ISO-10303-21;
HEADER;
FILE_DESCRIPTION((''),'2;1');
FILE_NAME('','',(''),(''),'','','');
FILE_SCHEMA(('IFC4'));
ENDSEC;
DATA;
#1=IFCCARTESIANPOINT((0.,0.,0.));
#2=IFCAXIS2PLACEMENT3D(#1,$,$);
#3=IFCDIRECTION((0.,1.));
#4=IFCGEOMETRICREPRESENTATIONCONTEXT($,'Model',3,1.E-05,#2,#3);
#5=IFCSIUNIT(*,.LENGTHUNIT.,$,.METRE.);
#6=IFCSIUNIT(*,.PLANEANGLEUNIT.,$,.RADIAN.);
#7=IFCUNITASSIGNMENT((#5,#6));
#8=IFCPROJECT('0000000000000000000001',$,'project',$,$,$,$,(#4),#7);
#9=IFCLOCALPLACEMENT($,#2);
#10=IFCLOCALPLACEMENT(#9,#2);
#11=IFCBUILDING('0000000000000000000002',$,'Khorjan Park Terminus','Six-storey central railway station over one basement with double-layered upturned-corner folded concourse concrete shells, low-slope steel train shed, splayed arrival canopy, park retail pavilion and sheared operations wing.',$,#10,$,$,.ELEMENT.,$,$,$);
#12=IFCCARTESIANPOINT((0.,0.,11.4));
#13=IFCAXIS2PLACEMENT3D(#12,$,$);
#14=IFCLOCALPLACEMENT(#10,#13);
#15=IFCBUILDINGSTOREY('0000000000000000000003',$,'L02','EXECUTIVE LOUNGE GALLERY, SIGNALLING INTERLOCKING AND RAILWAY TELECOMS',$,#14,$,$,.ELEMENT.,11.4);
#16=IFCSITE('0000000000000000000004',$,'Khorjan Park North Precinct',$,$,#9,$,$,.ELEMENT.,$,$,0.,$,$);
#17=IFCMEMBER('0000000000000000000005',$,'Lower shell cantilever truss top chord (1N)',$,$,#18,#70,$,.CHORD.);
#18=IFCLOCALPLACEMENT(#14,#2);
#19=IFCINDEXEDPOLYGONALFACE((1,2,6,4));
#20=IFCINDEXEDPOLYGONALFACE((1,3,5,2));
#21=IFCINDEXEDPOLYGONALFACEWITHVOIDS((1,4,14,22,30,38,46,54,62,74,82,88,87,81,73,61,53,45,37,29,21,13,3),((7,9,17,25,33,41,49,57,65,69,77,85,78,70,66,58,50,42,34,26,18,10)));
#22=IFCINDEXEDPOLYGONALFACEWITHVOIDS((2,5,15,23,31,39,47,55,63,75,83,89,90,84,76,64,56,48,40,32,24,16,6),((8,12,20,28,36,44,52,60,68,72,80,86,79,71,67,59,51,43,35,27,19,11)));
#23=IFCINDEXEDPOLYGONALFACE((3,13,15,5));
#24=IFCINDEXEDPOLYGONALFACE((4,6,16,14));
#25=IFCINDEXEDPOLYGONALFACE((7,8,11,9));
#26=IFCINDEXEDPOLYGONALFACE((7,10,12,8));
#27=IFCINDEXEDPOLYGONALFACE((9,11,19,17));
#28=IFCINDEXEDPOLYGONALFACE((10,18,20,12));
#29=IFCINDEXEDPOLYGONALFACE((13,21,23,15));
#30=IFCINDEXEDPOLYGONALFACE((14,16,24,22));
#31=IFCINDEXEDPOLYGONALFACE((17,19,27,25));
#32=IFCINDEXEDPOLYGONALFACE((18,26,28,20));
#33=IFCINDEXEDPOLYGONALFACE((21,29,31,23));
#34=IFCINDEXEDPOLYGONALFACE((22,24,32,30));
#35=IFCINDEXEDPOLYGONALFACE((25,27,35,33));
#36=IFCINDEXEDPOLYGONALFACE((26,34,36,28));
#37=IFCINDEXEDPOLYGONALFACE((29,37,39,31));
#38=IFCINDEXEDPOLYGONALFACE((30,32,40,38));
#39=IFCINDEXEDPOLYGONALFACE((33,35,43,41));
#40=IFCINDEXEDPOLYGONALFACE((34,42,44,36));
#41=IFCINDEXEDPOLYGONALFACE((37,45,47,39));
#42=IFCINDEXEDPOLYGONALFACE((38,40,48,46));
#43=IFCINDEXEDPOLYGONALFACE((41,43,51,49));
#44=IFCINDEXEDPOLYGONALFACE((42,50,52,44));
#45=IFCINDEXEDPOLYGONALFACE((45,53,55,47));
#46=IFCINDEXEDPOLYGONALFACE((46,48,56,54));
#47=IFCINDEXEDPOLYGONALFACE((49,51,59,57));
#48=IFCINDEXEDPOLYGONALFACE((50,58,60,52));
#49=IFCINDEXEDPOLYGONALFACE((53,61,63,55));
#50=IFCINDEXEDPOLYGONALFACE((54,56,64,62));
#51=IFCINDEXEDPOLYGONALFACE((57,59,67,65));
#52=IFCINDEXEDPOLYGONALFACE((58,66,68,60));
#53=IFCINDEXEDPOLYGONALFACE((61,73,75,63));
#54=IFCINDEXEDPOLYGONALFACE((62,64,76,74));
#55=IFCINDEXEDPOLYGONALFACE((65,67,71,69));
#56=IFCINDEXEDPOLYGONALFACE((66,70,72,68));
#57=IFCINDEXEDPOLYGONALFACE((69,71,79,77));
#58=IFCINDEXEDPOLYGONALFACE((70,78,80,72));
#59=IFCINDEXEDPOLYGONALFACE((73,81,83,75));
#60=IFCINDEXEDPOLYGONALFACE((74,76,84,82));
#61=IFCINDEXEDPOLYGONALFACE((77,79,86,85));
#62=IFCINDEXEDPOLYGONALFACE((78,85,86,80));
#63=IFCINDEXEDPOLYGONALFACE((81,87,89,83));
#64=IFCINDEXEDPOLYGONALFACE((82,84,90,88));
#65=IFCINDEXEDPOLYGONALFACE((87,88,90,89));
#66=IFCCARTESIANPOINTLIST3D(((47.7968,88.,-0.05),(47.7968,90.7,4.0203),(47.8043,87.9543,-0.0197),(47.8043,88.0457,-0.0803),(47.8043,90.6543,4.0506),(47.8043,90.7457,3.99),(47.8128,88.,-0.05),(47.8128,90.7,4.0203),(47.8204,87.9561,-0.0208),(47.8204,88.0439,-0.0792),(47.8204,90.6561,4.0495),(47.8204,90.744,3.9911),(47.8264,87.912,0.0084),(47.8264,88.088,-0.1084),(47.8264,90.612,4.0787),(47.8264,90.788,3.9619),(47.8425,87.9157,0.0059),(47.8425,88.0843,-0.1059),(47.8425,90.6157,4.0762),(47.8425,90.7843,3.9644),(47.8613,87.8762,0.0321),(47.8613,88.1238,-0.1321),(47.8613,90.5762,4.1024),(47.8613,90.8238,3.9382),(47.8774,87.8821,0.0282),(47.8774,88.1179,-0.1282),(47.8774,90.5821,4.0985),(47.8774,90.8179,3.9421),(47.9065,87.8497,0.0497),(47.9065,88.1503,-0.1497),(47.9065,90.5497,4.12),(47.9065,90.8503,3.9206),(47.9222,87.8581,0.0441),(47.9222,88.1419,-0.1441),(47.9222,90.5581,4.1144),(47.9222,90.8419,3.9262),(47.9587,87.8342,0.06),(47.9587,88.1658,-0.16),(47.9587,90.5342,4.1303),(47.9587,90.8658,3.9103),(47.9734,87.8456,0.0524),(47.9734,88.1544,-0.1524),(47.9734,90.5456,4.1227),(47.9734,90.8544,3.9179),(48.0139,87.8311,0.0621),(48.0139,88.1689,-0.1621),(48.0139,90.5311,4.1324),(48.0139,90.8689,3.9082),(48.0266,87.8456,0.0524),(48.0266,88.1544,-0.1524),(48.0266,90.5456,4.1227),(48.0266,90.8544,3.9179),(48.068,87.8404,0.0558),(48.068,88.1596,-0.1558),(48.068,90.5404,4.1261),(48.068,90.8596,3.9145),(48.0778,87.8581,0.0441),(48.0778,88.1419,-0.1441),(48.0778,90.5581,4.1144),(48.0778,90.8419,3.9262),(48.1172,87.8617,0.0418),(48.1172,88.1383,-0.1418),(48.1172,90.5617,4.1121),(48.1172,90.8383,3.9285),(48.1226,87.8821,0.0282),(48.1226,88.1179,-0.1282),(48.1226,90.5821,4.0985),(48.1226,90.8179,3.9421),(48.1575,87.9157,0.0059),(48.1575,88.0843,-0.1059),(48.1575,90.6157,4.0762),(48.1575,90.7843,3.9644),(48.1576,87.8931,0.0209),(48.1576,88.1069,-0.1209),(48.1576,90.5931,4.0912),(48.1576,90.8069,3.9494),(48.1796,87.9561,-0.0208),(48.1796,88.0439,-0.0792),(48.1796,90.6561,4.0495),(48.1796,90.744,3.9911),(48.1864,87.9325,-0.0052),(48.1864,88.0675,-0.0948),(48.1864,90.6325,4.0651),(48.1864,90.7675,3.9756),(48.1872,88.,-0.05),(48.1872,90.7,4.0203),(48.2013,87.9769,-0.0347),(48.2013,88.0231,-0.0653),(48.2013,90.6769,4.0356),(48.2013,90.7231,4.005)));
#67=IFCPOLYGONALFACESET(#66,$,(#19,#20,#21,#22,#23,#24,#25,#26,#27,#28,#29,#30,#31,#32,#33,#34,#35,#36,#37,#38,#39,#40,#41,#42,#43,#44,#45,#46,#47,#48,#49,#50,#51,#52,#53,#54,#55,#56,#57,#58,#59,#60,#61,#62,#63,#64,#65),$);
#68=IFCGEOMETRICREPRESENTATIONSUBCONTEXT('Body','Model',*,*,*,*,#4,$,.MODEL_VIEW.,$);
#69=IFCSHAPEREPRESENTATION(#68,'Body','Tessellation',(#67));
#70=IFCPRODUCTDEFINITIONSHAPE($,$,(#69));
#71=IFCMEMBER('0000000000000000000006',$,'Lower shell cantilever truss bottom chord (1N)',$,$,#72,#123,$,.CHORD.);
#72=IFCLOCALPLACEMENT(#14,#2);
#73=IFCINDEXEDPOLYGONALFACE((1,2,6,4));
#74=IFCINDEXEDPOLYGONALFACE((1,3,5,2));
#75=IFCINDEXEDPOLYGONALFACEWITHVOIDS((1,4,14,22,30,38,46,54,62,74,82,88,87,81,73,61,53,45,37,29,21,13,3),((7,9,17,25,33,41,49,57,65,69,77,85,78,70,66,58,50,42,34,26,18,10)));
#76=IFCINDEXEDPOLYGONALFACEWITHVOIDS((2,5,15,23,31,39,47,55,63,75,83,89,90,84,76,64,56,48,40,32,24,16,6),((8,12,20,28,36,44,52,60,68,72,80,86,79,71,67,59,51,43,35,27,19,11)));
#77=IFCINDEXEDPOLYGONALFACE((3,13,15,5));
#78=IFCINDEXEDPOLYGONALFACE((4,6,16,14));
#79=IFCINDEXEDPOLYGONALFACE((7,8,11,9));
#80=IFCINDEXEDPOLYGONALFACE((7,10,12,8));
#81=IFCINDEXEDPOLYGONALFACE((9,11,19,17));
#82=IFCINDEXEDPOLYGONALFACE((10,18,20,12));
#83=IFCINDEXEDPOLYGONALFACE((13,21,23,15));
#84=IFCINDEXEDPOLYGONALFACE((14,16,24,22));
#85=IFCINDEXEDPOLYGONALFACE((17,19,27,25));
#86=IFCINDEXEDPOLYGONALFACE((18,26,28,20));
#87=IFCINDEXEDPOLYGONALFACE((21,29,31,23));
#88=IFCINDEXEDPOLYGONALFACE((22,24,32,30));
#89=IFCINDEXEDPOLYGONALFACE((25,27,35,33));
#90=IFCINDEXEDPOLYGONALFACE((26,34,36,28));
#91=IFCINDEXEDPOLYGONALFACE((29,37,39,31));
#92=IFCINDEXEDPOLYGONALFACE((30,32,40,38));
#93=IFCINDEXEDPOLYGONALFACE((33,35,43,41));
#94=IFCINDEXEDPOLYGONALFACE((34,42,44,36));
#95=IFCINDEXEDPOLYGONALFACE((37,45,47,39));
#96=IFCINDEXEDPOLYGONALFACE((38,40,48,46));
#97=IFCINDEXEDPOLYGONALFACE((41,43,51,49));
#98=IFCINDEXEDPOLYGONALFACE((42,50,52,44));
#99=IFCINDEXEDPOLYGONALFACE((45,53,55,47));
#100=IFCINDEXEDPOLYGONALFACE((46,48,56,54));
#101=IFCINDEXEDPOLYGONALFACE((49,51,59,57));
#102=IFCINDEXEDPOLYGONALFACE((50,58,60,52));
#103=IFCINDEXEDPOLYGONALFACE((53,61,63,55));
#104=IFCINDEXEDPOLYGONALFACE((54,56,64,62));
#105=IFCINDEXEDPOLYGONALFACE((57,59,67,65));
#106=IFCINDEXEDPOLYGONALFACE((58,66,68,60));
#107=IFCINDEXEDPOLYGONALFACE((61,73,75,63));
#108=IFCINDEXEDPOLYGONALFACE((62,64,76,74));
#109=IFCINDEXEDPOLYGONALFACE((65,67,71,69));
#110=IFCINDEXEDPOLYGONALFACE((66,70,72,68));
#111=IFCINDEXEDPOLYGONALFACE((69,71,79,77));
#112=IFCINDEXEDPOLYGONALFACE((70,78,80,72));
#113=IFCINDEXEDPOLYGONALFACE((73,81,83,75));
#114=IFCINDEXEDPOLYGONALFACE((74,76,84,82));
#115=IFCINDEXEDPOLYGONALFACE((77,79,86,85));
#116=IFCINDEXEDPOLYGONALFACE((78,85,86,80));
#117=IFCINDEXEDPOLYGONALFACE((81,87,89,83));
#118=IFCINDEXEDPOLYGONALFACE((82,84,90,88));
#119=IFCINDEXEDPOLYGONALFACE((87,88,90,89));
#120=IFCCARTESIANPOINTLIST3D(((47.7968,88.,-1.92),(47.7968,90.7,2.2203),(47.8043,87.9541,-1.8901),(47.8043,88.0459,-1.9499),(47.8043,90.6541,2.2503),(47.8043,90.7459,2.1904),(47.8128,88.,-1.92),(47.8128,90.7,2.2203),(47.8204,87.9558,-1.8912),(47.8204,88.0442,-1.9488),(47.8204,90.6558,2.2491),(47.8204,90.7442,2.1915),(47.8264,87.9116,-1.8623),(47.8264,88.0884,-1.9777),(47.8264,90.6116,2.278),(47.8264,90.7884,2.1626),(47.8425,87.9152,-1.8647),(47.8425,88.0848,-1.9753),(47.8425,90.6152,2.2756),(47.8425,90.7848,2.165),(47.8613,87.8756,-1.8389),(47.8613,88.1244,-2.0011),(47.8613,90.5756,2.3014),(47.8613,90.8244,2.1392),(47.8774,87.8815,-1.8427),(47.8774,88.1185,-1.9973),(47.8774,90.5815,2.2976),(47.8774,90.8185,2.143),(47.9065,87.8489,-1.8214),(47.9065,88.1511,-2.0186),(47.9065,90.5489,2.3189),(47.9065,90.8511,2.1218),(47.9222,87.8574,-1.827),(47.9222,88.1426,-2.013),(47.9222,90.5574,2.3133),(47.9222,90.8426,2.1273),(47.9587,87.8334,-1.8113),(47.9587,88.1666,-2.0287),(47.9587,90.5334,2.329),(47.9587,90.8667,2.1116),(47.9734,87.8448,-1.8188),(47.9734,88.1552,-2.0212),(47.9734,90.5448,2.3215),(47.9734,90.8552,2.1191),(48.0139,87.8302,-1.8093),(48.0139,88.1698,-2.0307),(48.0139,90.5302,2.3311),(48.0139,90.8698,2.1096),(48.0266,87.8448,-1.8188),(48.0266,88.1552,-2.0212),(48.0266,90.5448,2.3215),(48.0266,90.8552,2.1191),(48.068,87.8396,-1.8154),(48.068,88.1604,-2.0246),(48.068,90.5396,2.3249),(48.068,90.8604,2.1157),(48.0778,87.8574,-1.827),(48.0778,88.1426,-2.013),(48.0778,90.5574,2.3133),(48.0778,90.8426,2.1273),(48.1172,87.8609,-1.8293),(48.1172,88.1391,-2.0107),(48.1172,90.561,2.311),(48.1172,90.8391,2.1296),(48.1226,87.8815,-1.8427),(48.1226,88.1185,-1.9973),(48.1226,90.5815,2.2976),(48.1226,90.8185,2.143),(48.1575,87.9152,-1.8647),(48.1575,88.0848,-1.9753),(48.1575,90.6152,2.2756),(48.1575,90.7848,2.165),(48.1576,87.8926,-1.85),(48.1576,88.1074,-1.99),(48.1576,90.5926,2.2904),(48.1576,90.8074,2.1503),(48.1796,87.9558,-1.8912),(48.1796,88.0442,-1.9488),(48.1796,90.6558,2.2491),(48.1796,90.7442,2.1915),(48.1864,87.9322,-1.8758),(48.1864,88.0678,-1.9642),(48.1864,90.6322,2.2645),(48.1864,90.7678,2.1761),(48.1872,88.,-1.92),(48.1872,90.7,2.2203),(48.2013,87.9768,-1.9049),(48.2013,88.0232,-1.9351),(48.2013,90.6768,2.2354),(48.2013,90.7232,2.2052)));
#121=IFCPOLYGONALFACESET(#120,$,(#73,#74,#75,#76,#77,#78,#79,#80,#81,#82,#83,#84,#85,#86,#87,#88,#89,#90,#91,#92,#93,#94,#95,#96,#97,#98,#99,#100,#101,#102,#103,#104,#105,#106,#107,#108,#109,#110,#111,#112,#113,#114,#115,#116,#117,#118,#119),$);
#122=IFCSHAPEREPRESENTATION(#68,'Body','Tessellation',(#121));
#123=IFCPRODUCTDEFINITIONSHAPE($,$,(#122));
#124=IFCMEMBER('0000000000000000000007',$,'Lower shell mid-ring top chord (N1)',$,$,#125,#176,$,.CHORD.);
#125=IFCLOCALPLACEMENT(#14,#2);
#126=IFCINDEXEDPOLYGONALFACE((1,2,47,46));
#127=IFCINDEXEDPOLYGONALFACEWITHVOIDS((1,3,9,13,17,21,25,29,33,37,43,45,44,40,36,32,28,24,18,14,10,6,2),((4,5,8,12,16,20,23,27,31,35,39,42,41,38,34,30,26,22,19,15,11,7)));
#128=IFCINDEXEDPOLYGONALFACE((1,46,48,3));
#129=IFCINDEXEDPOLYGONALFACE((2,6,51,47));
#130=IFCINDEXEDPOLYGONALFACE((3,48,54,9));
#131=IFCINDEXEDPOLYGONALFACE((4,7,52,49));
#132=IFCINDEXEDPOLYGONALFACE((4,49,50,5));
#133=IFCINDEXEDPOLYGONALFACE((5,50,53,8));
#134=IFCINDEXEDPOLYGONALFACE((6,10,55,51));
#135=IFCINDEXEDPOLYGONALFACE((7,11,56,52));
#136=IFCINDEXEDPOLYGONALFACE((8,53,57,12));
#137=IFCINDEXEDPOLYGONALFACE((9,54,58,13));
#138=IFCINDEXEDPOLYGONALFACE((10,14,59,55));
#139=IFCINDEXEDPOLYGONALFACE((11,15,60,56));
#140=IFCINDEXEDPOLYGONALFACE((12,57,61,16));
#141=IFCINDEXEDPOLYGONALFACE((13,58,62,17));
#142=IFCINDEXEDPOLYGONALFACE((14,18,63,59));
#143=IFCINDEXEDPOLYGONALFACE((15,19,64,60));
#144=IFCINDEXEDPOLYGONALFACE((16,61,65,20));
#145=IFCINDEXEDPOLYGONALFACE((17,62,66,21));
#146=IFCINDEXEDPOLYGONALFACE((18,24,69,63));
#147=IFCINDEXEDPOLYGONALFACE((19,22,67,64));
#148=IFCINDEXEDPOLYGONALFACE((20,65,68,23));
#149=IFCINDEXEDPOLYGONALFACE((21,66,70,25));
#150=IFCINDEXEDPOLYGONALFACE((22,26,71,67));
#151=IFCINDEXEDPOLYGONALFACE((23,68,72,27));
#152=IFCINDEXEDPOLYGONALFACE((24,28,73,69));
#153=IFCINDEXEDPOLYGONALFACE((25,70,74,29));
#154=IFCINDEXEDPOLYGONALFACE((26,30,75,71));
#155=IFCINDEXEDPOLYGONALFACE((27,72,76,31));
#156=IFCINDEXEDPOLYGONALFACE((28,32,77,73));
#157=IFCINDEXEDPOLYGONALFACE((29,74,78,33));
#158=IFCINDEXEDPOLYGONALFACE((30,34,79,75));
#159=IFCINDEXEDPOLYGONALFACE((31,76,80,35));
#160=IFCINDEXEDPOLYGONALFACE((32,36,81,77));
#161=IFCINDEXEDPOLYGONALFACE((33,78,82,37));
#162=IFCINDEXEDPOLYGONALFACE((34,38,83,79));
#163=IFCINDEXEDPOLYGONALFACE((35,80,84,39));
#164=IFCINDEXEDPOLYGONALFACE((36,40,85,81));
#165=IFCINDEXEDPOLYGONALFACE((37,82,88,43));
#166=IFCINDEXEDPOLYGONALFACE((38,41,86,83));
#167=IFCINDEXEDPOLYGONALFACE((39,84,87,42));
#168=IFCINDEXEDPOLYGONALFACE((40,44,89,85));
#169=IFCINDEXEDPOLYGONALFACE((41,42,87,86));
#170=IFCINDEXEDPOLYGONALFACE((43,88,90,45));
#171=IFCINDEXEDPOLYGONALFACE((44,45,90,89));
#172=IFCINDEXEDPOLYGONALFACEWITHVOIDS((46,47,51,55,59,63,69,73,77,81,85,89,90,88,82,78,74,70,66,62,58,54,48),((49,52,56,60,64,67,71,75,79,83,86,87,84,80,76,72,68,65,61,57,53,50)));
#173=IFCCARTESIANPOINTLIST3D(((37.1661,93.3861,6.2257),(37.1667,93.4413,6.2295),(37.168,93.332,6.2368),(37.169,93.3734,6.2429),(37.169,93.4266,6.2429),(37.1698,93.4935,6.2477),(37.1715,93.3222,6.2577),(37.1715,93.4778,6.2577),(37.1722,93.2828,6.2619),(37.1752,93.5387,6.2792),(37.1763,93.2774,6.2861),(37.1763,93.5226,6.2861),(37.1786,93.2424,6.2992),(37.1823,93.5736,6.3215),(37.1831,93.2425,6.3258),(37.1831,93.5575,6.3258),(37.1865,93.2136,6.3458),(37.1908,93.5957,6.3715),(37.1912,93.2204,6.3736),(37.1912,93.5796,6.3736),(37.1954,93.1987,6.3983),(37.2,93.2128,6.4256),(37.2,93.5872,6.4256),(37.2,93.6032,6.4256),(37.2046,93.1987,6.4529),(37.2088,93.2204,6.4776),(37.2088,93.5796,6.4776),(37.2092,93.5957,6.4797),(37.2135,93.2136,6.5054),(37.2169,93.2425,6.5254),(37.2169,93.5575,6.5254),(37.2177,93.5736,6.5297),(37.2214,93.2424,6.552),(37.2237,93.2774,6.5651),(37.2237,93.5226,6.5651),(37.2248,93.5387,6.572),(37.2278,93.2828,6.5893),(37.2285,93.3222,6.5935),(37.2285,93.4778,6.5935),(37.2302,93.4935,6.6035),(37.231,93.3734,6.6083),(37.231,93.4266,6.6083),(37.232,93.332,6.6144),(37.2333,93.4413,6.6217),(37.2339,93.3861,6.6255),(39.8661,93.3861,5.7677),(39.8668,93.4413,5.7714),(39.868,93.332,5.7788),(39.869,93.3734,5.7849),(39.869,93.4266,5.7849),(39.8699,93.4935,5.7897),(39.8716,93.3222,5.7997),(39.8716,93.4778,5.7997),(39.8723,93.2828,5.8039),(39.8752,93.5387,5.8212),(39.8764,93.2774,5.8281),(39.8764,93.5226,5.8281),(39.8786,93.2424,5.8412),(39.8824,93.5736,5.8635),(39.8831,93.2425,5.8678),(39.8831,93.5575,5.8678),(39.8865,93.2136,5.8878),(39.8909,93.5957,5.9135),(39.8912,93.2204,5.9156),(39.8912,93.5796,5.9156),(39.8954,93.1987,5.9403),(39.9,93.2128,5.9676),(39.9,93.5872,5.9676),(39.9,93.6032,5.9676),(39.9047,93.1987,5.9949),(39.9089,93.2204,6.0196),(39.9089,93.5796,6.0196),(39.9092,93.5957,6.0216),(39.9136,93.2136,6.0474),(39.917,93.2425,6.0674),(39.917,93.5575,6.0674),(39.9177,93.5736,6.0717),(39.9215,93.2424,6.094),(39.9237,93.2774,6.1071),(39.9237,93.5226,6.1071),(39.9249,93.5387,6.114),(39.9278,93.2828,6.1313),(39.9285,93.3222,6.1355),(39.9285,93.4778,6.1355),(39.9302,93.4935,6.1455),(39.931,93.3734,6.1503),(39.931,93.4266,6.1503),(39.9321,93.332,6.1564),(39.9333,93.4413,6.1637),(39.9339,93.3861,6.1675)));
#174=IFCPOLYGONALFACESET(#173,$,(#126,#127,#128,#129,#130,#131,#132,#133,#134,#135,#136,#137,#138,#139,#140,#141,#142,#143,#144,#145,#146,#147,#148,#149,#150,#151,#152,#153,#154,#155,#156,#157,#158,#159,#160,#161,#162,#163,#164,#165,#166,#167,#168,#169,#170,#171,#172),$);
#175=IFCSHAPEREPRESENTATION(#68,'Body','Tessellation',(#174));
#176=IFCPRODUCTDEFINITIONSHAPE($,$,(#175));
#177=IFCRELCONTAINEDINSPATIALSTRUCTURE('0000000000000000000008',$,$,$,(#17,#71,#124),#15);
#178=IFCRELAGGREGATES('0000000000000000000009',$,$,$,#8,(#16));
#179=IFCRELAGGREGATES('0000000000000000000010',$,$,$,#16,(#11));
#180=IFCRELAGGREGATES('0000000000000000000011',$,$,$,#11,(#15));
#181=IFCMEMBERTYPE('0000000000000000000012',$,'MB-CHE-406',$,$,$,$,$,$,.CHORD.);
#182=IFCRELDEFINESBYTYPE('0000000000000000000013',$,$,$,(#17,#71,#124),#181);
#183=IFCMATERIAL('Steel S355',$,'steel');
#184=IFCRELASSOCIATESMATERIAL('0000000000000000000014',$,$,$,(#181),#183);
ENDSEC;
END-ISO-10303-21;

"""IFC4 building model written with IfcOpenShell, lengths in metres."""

from ifc_helpers import new_model, si_unit, direction, frame, origin, origin_2d, place, context, subcontext, project, spatial, hollow_circle, extrude, material, material_profile, profile_set, type_object, element, save


model = new_model("IFC4")

# Units and contexts
model_context = context("Model", 3, precision=1e-05, world=origin(), true_north=direction((0.0, 1.0)))
body_context = subcontext(model_context, "Body", "Model", "MODEL_VIEW")
ifc_project = project(units=[si_unit("LENGTHUNIT", "METRE"), si_unit("PLANEANGLEUNIT", "RADIAN")], contexts=[model_context])

# Site, building, storey
site_placement = place(None, origin())
site = spatial("IfcSite", under=ifc_project, at=site_placement, Name="Khorjan Park North Precinct", CompositionType="ELEMENT", RefElevation=0.0)
building_placement = place(site_placement, origin())
building = spatial("IfcBuilding", under=site, at=building_placement, Name="Khorjan Park Terminus", Description="Six-storey central railway station over one basement with double-layered upturned-corner folded concourse concrete shells, low-slope steel train shed, splayed arrival canopy, park retail pavilion and sheared operations wing.", CompositionType="ELEMENT")
storey_placement = place(building_placement, frame((0.0, 0.0, 11.4)))
storey = spatial("IfcBuildingStorey", under=building, at=storey_placement, Name="L02", Description="EXECUTIVE LOUNGE GALLERY, SIGNALLING INTERLOCKING AND RAILWAY TELECOMS", CompositionType="ELEMENT", Elevation=11.4)

# Members
ifc_material_1 = material(Name="Steel S355", Category="steel")
ifc_material_profile_1 = material_profile(ifc_material_1, hollow_circle(Radius=0.2032, WallThickness=0.016, at=origin_2d()), Name="CHS 406.4x16")
ifc_profile_set_1 = profile_set([ifc_material_profile_1], Name="Steel S355")
member_type_1 = type_object("IfcMemberType", Name="MB-CHE-406", PredefinedType="CHORD", material=ifc_profile_set_1)
member_1_placement = place(storey_placement, frame((48.0, 88.0, -0.05), z_axis=(0.0, 0.552781, 0.833327), x_axis=(-1.0, 0.0, 0.0)))
element("IfcMember", 1, at=member_1_placement, inside=storey, type_object=member_type_1, Name="Lower shell cantilever truss top chord (1N)", PredefinedType="CHORD", context=body_context, shape_type="SweptSolid", body=[
    extrude(hollow_circle(Radius=0.2032, WallThickness=0.016, at=origin_2d()), origin(), (0.0, 0.0, 1.0), 4.8844),
])
member_2_placement = place(storey_placement, frame((48.0, 88.0, -1.92), z_axis=(0.0, 0.54624, 0.837629), x_axis=(-1.0, 0.0, 0.0)))
element("IfcMember", 2, at=member_2_placement, inside=storey, type_object=member_type_1, Name="Lower shell cantilever truss bottom chord (1N)", PredefinedType="CHORD", context=body_context, shape_type="SweptSolid", body=[
    extrude(hollow_circle(Radius=0.2032, WallThickness=0.016, at=origin_2d()), origin(), (0.0, 0.0, 1.0), 4.9429),
])
for number, where, z_axis, x_axis, name in (
    (3, (37.2, 93.4, 6.4256), (0.985916, 0.0, -0.167241), (0.0, 1.0, 0.0), "Lower shell mid-ring top chord (N1)"),
):
    element("IfcMember", number, at=place(storey_placement, frame(where, z_axis=z_axis, x_axis=x_axis)), inside=storey, type_object=member_type_1, Name=name, PredefinedType="CHORD", context=body_context, shape_type="SweptSolid", body=[
        extrude(hollow_circle(Radius=0.2032, WallThickness=0.016, at=origin_2d()), origin(), (0.0, 0.0, 1.0), 2.7386),
    ])

save(model, "model.ifc")
